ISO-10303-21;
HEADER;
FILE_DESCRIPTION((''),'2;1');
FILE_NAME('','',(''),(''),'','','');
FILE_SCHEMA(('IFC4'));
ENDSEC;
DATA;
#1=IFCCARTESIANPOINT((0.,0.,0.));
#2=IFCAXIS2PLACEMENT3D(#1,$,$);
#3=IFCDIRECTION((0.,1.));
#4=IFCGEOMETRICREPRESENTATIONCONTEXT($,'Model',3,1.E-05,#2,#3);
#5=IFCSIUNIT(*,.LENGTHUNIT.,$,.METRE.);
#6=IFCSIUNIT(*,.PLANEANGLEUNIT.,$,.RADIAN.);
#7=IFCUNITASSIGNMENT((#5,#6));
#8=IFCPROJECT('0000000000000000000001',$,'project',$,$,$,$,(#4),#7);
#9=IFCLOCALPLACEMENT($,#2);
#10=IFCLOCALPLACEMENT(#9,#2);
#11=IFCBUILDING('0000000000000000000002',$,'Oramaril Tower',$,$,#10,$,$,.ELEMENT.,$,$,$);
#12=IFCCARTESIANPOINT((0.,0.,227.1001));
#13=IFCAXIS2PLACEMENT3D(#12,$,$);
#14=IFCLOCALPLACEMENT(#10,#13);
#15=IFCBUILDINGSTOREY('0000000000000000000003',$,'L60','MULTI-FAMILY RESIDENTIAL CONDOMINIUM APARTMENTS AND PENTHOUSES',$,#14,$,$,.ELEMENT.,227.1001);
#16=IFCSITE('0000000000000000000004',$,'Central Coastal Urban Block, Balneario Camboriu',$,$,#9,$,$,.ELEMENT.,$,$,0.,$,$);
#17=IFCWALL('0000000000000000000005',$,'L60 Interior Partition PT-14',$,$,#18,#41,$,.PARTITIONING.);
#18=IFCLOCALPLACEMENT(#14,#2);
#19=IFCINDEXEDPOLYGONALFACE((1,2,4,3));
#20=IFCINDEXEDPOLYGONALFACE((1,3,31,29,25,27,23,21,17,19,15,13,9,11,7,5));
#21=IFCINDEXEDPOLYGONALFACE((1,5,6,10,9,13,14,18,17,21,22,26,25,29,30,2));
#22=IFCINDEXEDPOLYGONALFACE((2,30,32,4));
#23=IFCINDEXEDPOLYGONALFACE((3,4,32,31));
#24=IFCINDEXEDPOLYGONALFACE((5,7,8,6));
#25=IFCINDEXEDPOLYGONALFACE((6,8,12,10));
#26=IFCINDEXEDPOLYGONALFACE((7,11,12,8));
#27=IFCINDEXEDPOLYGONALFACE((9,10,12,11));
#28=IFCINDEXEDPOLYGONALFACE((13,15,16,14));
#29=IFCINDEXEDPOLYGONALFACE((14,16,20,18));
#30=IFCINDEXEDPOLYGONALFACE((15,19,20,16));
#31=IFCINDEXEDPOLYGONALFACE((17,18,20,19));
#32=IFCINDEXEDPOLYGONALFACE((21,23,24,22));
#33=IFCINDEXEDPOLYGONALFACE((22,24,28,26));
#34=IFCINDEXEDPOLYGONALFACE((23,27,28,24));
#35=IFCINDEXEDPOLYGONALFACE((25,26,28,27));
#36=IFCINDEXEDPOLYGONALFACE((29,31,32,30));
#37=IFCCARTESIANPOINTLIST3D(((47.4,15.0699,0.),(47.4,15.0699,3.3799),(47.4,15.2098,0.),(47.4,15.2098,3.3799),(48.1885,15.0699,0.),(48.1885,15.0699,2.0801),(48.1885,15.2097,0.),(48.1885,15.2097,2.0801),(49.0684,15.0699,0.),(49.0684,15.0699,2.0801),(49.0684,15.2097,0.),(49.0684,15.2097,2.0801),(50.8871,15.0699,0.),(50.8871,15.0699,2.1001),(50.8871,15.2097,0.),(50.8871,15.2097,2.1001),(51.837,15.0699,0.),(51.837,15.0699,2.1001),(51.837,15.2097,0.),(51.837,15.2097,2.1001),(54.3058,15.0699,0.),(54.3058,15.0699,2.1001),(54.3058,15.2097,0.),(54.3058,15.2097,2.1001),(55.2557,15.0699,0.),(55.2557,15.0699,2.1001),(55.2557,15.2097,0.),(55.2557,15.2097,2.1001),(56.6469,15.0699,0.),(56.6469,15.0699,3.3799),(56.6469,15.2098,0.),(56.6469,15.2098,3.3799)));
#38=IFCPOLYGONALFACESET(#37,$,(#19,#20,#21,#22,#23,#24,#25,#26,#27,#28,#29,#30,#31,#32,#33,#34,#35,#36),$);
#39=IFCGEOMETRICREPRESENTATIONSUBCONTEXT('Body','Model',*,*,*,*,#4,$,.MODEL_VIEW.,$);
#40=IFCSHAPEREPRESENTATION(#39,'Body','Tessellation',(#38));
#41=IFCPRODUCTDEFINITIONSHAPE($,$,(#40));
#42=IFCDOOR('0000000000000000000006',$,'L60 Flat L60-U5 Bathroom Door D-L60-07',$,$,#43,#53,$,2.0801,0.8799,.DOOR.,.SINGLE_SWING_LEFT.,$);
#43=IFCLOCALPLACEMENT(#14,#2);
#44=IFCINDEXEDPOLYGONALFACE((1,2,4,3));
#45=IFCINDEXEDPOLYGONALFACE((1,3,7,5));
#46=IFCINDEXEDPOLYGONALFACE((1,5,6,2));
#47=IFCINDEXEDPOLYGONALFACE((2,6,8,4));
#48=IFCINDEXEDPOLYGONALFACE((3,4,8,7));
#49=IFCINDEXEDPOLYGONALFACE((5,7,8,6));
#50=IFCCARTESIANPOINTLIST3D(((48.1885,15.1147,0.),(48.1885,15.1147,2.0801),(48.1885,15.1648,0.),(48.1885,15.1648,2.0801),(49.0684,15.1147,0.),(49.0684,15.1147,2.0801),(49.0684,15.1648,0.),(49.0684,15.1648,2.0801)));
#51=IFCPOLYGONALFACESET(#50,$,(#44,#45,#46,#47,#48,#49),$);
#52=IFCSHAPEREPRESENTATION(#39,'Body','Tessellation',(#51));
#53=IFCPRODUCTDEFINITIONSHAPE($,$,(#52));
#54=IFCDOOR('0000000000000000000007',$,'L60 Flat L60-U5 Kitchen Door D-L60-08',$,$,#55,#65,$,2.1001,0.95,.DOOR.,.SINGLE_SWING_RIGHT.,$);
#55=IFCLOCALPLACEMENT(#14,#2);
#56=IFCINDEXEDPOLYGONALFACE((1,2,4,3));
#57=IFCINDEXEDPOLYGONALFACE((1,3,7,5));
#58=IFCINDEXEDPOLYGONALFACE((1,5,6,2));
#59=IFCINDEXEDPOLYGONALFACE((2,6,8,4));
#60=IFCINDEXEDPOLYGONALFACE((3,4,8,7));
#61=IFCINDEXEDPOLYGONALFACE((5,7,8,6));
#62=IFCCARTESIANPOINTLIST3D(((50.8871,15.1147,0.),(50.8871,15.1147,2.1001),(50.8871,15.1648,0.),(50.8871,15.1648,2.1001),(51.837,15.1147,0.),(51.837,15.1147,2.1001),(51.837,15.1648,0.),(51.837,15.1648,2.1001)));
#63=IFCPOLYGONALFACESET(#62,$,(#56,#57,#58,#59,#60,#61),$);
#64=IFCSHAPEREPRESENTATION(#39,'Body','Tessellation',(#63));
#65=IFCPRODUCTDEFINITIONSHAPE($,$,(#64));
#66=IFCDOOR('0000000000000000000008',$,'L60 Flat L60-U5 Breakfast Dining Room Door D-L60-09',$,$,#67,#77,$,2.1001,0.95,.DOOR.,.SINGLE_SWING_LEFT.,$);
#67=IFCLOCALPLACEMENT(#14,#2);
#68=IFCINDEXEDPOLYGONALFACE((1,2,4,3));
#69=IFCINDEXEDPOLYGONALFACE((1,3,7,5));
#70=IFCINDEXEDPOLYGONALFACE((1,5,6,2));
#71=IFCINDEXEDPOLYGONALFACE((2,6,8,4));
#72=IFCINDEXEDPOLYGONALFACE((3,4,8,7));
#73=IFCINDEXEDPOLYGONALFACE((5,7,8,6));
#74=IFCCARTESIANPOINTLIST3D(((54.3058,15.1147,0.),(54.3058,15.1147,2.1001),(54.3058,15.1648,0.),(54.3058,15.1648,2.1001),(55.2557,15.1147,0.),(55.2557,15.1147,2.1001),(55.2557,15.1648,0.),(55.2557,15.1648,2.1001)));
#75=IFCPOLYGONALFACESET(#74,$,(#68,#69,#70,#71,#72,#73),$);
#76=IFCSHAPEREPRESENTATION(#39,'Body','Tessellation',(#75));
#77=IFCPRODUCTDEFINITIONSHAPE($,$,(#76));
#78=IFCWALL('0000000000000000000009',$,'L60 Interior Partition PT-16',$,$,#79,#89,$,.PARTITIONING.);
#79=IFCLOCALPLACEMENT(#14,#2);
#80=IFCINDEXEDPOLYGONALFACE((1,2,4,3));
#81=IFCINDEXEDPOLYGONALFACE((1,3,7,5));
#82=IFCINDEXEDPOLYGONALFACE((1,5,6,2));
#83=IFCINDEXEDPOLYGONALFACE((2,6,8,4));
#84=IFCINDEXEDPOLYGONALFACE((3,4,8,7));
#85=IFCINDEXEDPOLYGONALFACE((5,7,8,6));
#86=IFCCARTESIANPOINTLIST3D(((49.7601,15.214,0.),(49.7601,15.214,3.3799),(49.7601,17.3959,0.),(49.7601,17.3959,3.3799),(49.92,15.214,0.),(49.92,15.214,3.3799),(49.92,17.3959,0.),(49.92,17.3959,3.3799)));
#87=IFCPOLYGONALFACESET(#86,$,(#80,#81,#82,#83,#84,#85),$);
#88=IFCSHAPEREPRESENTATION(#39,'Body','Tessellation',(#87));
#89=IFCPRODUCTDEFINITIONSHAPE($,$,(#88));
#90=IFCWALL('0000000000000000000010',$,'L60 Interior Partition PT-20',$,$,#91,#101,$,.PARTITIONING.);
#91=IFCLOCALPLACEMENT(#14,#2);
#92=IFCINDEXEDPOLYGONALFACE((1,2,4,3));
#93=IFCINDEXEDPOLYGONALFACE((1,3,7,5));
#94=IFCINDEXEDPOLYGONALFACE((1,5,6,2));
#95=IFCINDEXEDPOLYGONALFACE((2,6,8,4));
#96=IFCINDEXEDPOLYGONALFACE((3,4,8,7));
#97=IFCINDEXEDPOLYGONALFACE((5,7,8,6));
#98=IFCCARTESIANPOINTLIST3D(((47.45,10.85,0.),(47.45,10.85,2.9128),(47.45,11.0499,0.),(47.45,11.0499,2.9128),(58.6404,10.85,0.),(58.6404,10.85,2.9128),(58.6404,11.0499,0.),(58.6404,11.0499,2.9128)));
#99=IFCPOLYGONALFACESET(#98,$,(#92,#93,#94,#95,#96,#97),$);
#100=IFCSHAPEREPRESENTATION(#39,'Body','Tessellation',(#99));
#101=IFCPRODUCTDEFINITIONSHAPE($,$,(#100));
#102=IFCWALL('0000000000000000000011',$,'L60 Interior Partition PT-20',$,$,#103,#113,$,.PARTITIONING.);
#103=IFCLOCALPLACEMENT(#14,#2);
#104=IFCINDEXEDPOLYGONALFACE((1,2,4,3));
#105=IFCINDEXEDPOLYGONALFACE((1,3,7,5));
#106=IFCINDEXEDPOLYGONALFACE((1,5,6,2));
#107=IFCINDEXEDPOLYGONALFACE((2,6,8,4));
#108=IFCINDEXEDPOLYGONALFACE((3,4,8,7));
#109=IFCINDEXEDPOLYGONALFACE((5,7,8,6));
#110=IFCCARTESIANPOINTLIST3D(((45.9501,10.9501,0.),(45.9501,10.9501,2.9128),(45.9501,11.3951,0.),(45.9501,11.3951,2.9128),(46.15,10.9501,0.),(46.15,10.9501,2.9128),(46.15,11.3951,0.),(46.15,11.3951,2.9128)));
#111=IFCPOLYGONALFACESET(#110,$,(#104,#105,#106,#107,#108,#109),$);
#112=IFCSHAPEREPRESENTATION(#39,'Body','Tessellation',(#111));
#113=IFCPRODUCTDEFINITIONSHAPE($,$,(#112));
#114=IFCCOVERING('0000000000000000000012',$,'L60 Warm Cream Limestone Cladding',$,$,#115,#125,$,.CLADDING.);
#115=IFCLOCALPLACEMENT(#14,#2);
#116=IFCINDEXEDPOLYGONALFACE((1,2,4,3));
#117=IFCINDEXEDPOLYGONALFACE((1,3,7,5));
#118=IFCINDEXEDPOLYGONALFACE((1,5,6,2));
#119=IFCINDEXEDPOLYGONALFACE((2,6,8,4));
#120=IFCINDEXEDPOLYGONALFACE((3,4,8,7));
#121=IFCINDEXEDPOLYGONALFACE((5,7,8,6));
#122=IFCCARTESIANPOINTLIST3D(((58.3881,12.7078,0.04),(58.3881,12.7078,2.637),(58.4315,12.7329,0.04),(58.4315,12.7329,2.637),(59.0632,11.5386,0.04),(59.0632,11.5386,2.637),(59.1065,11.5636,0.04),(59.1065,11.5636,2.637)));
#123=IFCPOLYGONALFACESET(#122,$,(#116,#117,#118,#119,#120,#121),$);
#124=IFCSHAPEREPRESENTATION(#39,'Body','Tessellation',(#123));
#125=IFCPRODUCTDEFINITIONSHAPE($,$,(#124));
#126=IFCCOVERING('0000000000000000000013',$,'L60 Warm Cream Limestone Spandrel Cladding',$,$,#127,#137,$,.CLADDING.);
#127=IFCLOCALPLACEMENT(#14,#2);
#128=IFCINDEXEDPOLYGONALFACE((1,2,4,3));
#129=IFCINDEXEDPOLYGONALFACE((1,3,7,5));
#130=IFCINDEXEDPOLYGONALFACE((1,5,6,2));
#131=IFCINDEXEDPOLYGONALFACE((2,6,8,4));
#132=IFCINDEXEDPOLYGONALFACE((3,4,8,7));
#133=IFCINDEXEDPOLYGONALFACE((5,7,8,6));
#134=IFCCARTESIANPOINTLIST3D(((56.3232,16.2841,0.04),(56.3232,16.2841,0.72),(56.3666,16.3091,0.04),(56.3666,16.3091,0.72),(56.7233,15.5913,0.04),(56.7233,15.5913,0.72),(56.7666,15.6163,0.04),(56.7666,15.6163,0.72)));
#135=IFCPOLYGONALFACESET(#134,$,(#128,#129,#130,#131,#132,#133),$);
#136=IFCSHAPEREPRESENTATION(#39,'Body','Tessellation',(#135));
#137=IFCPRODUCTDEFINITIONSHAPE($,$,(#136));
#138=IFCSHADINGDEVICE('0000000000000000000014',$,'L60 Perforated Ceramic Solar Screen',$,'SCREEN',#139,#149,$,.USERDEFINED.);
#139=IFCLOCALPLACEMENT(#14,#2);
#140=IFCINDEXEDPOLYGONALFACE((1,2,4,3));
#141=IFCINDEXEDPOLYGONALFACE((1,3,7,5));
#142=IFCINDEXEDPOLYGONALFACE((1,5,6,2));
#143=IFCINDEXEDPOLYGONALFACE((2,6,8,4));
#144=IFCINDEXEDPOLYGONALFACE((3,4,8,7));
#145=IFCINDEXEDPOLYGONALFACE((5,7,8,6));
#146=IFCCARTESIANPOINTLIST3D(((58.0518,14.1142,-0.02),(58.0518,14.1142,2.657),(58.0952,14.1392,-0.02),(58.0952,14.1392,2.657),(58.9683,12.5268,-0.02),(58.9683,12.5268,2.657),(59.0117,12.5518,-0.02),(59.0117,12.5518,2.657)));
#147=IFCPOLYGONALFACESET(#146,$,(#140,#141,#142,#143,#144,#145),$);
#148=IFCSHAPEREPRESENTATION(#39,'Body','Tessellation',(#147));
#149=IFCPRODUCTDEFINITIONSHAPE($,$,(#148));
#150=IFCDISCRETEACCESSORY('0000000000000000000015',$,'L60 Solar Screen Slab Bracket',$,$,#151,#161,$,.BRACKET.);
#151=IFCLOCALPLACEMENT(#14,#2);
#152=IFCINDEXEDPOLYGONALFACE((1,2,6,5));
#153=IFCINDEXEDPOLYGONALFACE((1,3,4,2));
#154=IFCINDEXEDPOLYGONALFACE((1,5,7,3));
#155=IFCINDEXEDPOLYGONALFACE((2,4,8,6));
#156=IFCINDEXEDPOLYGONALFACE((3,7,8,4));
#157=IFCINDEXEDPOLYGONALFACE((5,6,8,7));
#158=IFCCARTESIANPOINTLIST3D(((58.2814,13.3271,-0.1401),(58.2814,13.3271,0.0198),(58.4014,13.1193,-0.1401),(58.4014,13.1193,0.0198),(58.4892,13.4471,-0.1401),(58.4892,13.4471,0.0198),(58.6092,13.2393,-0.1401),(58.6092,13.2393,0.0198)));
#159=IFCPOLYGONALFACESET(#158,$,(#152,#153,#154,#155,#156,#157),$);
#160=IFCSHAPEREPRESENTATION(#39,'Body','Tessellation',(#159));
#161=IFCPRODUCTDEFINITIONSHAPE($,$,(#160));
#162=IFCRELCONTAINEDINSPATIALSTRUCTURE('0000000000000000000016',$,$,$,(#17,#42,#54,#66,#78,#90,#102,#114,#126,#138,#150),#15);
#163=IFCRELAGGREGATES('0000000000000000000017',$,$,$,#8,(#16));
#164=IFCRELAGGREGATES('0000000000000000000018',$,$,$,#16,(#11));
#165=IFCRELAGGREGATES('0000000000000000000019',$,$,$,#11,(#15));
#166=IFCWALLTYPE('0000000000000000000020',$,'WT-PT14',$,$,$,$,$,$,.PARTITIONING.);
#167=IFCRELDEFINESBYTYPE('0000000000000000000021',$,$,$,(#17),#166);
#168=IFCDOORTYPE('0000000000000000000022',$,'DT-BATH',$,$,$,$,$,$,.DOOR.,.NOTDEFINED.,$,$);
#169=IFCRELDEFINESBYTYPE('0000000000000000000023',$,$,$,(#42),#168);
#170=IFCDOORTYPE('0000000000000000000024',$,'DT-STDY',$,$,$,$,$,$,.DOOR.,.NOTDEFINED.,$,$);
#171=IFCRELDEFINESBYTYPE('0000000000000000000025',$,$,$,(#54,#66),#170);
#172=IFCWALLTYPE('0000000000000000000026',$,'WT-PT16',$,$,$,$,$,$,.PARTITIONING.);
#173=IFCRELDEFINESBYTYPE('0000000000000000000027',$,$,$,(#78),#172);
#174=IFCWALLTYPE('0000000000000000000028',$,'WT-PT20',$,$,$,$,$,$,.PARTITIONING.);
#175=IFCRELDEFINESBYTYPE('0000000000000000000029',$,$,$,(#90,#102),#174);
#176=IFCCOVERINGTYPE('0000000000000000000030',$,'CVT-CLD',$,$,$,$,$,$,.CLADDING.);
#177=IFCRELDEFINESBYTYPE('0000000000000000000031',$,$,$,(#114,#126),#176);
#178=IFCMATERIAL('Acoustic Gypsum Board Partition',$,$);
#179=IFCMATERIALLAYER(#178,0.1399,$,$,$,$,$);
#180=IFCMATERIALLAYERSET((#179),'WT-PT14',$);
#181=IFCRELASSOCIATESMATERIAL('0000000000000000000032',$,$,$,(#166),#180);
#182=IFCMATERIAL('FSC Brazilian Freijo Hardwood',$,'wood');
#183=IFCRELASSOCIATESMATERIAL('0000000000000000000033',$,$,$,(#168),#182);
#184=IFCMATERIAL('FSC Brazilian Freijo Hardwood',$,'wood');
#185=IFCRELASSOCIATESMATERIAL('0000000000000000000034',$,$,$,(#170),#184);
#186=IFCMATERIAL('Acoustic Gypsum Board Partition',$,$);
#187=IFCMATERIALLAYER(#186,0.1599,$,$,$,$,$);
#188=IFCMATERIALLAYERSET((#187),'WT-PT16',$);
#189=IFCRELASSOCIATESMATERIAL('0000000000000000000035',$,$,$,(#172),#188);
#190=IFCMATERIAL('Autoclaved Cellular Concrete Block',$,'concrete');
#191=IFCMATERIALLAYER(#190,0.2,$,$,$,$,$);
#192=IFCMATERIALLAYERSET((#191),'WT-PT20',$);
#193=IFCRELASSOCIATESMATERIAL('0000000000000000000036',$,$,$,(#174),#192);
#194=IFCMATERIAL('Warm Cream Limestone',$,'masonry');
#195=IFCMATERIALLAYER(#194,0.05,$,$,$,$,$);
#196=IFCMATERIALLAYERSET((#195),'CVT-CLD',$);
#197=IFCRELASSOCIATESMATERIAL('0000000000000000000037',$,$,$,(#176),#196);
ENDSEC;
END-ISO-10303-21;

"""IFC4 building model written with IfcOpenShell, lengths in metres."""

from ifc_helpers import new_model, si_unit, direction, frame, frame_2d, origin, origin_2d, place, context, subcontext, project, spatial, rectangle, extrude, material, layer, layer_set, type_object, element, fill, save


model = new_model("IFC4")

# Units and contexts
model_context = context("Model", 3, precision=1e-05, world=origin(), true_north=direction((0.0, 1.0)))
body_context = subcontext(model_context, "Body", "Model", "MODEL_VIEW")
ifc_project = project(units=[si_unit("LENGTHUNIT", "METRE"), si_unit("PLANEANGLEUNIT", "RADIAN")], contexts=[model_context])

# Site, building, storey
site_placement = place(None, origin())
site = spatial("IfcSite", under=ifc_project, at=site_placement, Name="Central Coastal Urban Block, Balneario Camboriu", CompositionType="ELEMENT", RefElevation=0.0)
building_placement = place(site_placement, origin())
building = spatial("IfcBuilding", under=site, at=building_placement, Name="Oramaril Tower", CompositionType="ELEMENT")
storey_placement = place(building_placement, frame((0.0, 0.0, 227.1001)))
storey = spatial("IfcBuildingStorey", under=building, at=storey_placement, Name="L60", Description="MULTI-FAMILY RESIDENTIAL CONDOMINIUM APARTMENTS AND PENTHOUSES", CompositionType="ELEMENT", Elevation=227.1001)

# Wall, openings, doors
ifc_material_1 = material(Name="Acoustic Gypsum Board Partition")
ifc_layer_1 = layer(ifc_material_1, 0.1399)
ifc_layer_set_1 = layer_set([ifc_layer_1], Name="WT-PT14")
wall_type_1 = type_object("IfcWallType", Name="WT-PT14", PredefinedType="PARTITIONING", material=ifc_layer_set_1)
wall_1_placement = place(storey_placement, frame((47.3999, 15.1399, 0.0), z_axis=(0.0, 0.0, 1.0), x_axis=(1.0, 0.0, 0.0)))
wall_1 = element("IfcWall", 1, at=wall_1_placement, inside=storey, type_object=wall_type_1, Name="L60 Interior Partition PT-14", PredefinedType="PARTITIONING", context=body_context, shape_type="SweptSolid", body=[
    extrude(rectangle(XDim=9.2468, YDim=0.1399, at=frame_2d((4.6235, 0.0))), origin(), (0.0, 0.0, 1.0), 3.3799),
])
opening_1_placement = place(wall_1_placement, frame((0.7886, 0.0, 0.0)))
opening_1 = element("IfcOpeningElement", 2, at=opening_1_placement, cuts=wall_1, PredefinedType="OPENING", context=body_context, shape_type="SweptSolid", body=[
    extrude(rectangle(XDim=0.8799, YDim=2.0801, at=frame_2d((0.4399, 1.04))), frame((0.0, 0.0698, 0.0), z_axis=(0.0, -1.0, 0.0), x_axis=(1.0, 0.0, 0.0)), (0.0, 0.0, 1.0), 0.1399),
])
opening_2_placement = place(wall_1_placement, frame((3.4871, 0.0, 0.0)))
opening_2 = element("IfcOpeningElement", 3, at=opening_2_placement, cuts=wall_1, PredefinedType="OPENING", context=body_context, shape_type="SweptSolid", body=[
    extrude(rectangle(XDim=0.95, YDim=2.1001, at=frame_2d((0.4751, 1.05))), frame((0.0, 0.0698, 0.0), z_axis=(0.0, -1.0, 0.0), x_axis=(1.0, 0.0, 0.0)), (0.0, 0.0, 1.0), 0.1399),
])
opening_3_placement = place(wall_1_placement, frame((6.9058, 0.0, 0.0)))
opening_3 = element("IfcOpeningElement", 4, at=opening_3_placement, cuts=wall_1, PredefinedType="OPENING", context=body_context, shape_type="SweptSolid", body=[
    extrude(rectangle(XDim=0.95, YDim=2.1001, at=frame_2d((0.4751, 1.05))), frame((0.0, 0.0698, 0.0), z_axis=(0.0, -1.0, 0.0), x_axis=(1.0, 0.0, 0.0)), (0.0, 0.0, 1.0), 0.1399),
])
ifc_material_2 = material(Name="FSC Brazilian Freijo Hardwood", Category="wood")
door_type_1 = type_object("IfcDoorType", Name="DT-BATH", OperationType="NOTDEFINED", PredefinedType="DOOR", material=ifc_material_2)
door_1_placement = place(opening_1_placement, origin())
door_1 = element("IfcDoor", 5, at=door_1_placement, inside=storey, type_object=door_type_1, Name="L60 Flat L60-U5 Bathroom Door D-L60-07", OperationType="SINGLE_SWING_LEFT", OverallHeight=2.0801, OverallWidth=0.8799, PredefinedType="DOOR", context=body_context, shape_type="SweptSolid", body=[
    extrude(rectangle(XDim=0.8799, YDim=2.0801, at=frame_2d((0.4399, 1.04))), frame((0.0, 0.0249, 0.0), z_axis=(0.0, -1.0, 0.0), x_axis=(1.0, 0.0, 0.0)), (0.0, 0.0, 1.0), 0.05),
])
fill(opening_1, door_1)
ifc_material_3 = material(Name="FSC Brazilian Freijo Hardwood", Category="wood")
door_type_2 = type_object("IfcDoorType", Name="DT-STDY", OperationType="NOTDEFINED", PredefinedType="DOOR", material=ifc_material_3)
door_2_placement = place(opening_2_placement, origin())
door_2 = element("IfcDoor", 6, at=door_2_placement, inside=storey, type_object=door_type_2, Name="L60 Flat L60-U5 Kitchen Door D-L60-08", OperationType="SINGLE_SWING_RIGHT", OverallHeight=2.1001, OverallWidth=0.95, PredefinedType="DOOR", context=body_context, shape_type="SweptSolid", body=[
    extrude(rectangle(XDim=0.95, YDim=2.1001, at=frame_2d((0.4751, 1.05))), frame((0.0, 0.0249, 0.0), z_axis=(0.0, -1.0, 0.0), x_axis=(1.0, 0.0, 0.0)), (0.0, 0.0, 1.0), 0.05),
])
fill(opening_2, door_2)
door_3_placement = place(opening_3_placement, origin())
door_3 = element("IfcDoor", 7, at=door_3_placement, inside=storey, type_object=door_type_2, Name="L60 Flat L60-U5 Breakfast Dining Room Door D-L60-09", OperationType="SINGLE_SWING_LEFT", OverallHeight=2.1001, OverallWidth=0.95, PredefinedType="DOOR", context=body_context, shape_type="SweptSolid", body=[
    extrude(rectangle(XDim=0.95, YDim=2.1001, at=frame_2d((0.4751, 1.05))), frame((0.0, 0.0249, 0.0), z_axis=(0.0, -1.0, 0.0), x_axis=(1.0, 0.0, 0.0)), (0.0, 0.0, 1.0), 0.05),
])
fill(opening_3, door_3)

# Walls
ifc_material_4 = material(Name="Acoustic Gypsum Board Partition")
ifc_layer_2 = layer(ifc_material_4, 0.1599)
ifc_layer_set_2 = layer_set([ifc_layer_2], Name="WT-PT16")
wall_type_2 = type_object("IfcWallType", Name="WT-PT16", PredefinedType="PARTITIONING", material=ifc_layer_set_2)
wall_2_placement = place(storey_placement, frame((49.8401, 15.2141, 0.0), z_axis=(0.0, 0.0, 1.0), x_axis=(0.0, 1.0, 0.0)))
element("IfcWall", 8, at=wall_2_placement, inside=storey, type_object=wall_type_2, Name="L60 Interior Partition PT-16", PredefinedType="PARTITIONING", context=body_context, shape_type="SweptSolid", body=[
    extrude(rectangle(XDim=2.1819, YDim=0.1599, at=frame_2d((1.0908, 0.0))), origin(), (0.0, 0.0, 1.0), 3.3799),
])
ifc_material_5 = material(Name="Autoclaved Cellular Concrete Block", Category="concrete")
ifc_layer_3 = layer(ifc_material_5, 0.2)
ifc_layer_set_3 = layer_set([ifc_layer_3], Name="WT-PT20")
wall_type_3 = type_object("IfcWallType", Name="WT-PT20", PredefinedType="PARTITIONING", material=ifc_layer_set_3)
wall_3_placement = place(storey_placement, frame((47.45, 10.95, 0.0), z_axis=(0.0, 0.0, 1.0), x_axis=(1.0, 0.0, 0.0)))
element("IfcWall", 9, at=wall_3_placement, inside=storey, type_object=wall_type_3, Name="L60 Interior Partition PT-20", PredefinedType="PARTITIONING", context=body_context, shape_type="SweptSolid", body=[
    extrude(rectangle(XDim=11.1904, YDim=0.2, at=frame_2d((5.5952, 0.0))), origin(), (0.0, 0.0, 1.0), 2.9128),
])
wall_4_placement = place(storey_placement, frame((46.05, 10.95, 0.0), z_axis=(0.0, 0.0, 1.0), x_axis=(0.0, 1.0, 0.0)))
element("IfcWall", 10, at=wall_4_placement, inside=storey, type_object=wall_type_3, Name="L60 Interior Partition PT-20", PredefinedType="PARTITIONING", context=body_context, shape_type="SweptSolid", body=[
    extrude(rectangle(XDim=0.4451, YDim=0.2, at=frame_2d((0.2227, 0.0))), origin(), (0.0, 0.0, 1.0), 2.9128),
])

# Coverings
ifc_material_6 = material(Name="Warm Cream Limestone", Category="masonry")
ifc_layer_4 = layer(ifc_material_6, 0.05)
ifc_layer_set_4 = layer_set([ifc_layer_4], Name="CVT-CLD")
covering_type = type_object("IfcCoveringType", Name="CVT-CLD", PredefinedType="CLADDING", material=ifc_layer_set_4)
covering_1_placement = place(storey_placement, frame((58.7473, 12.1357, 0.04), z_axis=(0.0, 0.0, 1.0), x_axis=(-0.499998, 0.866026, 0.0)))
element("IfcCovering", 11, at=covering_1_placement, inside=storey, type_object=covering_type, Name="L60 Warm Cream Limestone Cladding", PredefinedType="CLADDING", context=body_context, shape_type="SweptSolid", body=[
    extrude(rectangle(XDim=1.3501, YDim=0.05, at=origin_2d()), origin(), (0.0, 0.0, 1.0), 2.5969),
])
covering_2_placement = place(storey_placement, frame((56.5449, 15.9502, 0.04), z_axis=(0.0, 0.0, 1.0), x_axis=(-0.499998, 0.866026, 0.0)))
element("IfcCovering", 12, at=covering_2_placement, inside=storey, type_object=covering_type, Name="L60 Warm Cream Limestone Spandrel Cladding", PredefinedType="CLADDING", context=body_context, shape_type="SweptSolid", body=[
    extrude(rectangle(XDim=0.8, YDim=0.05, at=origin_2d()), origin(), (0.0, 0.0, 1.0), 0.6799),
])

# Shading device
shading_device_placement = place(storey_placement, frame((58.5317, 13.333, -0.02), z_axis=(0.0, 0.0, 1.0), x_axis=(-0.5, 0.866025, 0.0)))
element("IfcShadingDevice", 13, at=shading_device_placement, inside=storey, Name="L60 Perforated Ceramic Solar Screen", ObjectType="SCREEN", PredefinedType="USERDEFINED", context=body_context, shape_type="SweptSolid", body=[
    extrude(rectangle(XDim=1.833, YDim=0.05, at=origin_2d()), origin(), (0.0, 0.0, 1.0), 2.677),
])

# Discrete accessory
discrete_accessory_placement = place(storey_placement, frame((58.4453, 13.2832, -0.1401), z_axis=(0.0, 0.0, 1.0), x_axis=(-0.5, 0.866025, 0.0)))
element("IfcDiscreteAccessory", 14, at=discrete_accessory_placement, inside=storey, Name="L60 Solar Screen Slab Bracket", PredefinedType="BRACKET", context=body_context, shape_type="SweptSolid", body=[
    extrude(rectangle(XDim=0.24, YDim=0.24, at=origin_2d()), origin(), (0.0, 0.0, 1.0), 0.1599),
])

save(model, "model.ifc")
